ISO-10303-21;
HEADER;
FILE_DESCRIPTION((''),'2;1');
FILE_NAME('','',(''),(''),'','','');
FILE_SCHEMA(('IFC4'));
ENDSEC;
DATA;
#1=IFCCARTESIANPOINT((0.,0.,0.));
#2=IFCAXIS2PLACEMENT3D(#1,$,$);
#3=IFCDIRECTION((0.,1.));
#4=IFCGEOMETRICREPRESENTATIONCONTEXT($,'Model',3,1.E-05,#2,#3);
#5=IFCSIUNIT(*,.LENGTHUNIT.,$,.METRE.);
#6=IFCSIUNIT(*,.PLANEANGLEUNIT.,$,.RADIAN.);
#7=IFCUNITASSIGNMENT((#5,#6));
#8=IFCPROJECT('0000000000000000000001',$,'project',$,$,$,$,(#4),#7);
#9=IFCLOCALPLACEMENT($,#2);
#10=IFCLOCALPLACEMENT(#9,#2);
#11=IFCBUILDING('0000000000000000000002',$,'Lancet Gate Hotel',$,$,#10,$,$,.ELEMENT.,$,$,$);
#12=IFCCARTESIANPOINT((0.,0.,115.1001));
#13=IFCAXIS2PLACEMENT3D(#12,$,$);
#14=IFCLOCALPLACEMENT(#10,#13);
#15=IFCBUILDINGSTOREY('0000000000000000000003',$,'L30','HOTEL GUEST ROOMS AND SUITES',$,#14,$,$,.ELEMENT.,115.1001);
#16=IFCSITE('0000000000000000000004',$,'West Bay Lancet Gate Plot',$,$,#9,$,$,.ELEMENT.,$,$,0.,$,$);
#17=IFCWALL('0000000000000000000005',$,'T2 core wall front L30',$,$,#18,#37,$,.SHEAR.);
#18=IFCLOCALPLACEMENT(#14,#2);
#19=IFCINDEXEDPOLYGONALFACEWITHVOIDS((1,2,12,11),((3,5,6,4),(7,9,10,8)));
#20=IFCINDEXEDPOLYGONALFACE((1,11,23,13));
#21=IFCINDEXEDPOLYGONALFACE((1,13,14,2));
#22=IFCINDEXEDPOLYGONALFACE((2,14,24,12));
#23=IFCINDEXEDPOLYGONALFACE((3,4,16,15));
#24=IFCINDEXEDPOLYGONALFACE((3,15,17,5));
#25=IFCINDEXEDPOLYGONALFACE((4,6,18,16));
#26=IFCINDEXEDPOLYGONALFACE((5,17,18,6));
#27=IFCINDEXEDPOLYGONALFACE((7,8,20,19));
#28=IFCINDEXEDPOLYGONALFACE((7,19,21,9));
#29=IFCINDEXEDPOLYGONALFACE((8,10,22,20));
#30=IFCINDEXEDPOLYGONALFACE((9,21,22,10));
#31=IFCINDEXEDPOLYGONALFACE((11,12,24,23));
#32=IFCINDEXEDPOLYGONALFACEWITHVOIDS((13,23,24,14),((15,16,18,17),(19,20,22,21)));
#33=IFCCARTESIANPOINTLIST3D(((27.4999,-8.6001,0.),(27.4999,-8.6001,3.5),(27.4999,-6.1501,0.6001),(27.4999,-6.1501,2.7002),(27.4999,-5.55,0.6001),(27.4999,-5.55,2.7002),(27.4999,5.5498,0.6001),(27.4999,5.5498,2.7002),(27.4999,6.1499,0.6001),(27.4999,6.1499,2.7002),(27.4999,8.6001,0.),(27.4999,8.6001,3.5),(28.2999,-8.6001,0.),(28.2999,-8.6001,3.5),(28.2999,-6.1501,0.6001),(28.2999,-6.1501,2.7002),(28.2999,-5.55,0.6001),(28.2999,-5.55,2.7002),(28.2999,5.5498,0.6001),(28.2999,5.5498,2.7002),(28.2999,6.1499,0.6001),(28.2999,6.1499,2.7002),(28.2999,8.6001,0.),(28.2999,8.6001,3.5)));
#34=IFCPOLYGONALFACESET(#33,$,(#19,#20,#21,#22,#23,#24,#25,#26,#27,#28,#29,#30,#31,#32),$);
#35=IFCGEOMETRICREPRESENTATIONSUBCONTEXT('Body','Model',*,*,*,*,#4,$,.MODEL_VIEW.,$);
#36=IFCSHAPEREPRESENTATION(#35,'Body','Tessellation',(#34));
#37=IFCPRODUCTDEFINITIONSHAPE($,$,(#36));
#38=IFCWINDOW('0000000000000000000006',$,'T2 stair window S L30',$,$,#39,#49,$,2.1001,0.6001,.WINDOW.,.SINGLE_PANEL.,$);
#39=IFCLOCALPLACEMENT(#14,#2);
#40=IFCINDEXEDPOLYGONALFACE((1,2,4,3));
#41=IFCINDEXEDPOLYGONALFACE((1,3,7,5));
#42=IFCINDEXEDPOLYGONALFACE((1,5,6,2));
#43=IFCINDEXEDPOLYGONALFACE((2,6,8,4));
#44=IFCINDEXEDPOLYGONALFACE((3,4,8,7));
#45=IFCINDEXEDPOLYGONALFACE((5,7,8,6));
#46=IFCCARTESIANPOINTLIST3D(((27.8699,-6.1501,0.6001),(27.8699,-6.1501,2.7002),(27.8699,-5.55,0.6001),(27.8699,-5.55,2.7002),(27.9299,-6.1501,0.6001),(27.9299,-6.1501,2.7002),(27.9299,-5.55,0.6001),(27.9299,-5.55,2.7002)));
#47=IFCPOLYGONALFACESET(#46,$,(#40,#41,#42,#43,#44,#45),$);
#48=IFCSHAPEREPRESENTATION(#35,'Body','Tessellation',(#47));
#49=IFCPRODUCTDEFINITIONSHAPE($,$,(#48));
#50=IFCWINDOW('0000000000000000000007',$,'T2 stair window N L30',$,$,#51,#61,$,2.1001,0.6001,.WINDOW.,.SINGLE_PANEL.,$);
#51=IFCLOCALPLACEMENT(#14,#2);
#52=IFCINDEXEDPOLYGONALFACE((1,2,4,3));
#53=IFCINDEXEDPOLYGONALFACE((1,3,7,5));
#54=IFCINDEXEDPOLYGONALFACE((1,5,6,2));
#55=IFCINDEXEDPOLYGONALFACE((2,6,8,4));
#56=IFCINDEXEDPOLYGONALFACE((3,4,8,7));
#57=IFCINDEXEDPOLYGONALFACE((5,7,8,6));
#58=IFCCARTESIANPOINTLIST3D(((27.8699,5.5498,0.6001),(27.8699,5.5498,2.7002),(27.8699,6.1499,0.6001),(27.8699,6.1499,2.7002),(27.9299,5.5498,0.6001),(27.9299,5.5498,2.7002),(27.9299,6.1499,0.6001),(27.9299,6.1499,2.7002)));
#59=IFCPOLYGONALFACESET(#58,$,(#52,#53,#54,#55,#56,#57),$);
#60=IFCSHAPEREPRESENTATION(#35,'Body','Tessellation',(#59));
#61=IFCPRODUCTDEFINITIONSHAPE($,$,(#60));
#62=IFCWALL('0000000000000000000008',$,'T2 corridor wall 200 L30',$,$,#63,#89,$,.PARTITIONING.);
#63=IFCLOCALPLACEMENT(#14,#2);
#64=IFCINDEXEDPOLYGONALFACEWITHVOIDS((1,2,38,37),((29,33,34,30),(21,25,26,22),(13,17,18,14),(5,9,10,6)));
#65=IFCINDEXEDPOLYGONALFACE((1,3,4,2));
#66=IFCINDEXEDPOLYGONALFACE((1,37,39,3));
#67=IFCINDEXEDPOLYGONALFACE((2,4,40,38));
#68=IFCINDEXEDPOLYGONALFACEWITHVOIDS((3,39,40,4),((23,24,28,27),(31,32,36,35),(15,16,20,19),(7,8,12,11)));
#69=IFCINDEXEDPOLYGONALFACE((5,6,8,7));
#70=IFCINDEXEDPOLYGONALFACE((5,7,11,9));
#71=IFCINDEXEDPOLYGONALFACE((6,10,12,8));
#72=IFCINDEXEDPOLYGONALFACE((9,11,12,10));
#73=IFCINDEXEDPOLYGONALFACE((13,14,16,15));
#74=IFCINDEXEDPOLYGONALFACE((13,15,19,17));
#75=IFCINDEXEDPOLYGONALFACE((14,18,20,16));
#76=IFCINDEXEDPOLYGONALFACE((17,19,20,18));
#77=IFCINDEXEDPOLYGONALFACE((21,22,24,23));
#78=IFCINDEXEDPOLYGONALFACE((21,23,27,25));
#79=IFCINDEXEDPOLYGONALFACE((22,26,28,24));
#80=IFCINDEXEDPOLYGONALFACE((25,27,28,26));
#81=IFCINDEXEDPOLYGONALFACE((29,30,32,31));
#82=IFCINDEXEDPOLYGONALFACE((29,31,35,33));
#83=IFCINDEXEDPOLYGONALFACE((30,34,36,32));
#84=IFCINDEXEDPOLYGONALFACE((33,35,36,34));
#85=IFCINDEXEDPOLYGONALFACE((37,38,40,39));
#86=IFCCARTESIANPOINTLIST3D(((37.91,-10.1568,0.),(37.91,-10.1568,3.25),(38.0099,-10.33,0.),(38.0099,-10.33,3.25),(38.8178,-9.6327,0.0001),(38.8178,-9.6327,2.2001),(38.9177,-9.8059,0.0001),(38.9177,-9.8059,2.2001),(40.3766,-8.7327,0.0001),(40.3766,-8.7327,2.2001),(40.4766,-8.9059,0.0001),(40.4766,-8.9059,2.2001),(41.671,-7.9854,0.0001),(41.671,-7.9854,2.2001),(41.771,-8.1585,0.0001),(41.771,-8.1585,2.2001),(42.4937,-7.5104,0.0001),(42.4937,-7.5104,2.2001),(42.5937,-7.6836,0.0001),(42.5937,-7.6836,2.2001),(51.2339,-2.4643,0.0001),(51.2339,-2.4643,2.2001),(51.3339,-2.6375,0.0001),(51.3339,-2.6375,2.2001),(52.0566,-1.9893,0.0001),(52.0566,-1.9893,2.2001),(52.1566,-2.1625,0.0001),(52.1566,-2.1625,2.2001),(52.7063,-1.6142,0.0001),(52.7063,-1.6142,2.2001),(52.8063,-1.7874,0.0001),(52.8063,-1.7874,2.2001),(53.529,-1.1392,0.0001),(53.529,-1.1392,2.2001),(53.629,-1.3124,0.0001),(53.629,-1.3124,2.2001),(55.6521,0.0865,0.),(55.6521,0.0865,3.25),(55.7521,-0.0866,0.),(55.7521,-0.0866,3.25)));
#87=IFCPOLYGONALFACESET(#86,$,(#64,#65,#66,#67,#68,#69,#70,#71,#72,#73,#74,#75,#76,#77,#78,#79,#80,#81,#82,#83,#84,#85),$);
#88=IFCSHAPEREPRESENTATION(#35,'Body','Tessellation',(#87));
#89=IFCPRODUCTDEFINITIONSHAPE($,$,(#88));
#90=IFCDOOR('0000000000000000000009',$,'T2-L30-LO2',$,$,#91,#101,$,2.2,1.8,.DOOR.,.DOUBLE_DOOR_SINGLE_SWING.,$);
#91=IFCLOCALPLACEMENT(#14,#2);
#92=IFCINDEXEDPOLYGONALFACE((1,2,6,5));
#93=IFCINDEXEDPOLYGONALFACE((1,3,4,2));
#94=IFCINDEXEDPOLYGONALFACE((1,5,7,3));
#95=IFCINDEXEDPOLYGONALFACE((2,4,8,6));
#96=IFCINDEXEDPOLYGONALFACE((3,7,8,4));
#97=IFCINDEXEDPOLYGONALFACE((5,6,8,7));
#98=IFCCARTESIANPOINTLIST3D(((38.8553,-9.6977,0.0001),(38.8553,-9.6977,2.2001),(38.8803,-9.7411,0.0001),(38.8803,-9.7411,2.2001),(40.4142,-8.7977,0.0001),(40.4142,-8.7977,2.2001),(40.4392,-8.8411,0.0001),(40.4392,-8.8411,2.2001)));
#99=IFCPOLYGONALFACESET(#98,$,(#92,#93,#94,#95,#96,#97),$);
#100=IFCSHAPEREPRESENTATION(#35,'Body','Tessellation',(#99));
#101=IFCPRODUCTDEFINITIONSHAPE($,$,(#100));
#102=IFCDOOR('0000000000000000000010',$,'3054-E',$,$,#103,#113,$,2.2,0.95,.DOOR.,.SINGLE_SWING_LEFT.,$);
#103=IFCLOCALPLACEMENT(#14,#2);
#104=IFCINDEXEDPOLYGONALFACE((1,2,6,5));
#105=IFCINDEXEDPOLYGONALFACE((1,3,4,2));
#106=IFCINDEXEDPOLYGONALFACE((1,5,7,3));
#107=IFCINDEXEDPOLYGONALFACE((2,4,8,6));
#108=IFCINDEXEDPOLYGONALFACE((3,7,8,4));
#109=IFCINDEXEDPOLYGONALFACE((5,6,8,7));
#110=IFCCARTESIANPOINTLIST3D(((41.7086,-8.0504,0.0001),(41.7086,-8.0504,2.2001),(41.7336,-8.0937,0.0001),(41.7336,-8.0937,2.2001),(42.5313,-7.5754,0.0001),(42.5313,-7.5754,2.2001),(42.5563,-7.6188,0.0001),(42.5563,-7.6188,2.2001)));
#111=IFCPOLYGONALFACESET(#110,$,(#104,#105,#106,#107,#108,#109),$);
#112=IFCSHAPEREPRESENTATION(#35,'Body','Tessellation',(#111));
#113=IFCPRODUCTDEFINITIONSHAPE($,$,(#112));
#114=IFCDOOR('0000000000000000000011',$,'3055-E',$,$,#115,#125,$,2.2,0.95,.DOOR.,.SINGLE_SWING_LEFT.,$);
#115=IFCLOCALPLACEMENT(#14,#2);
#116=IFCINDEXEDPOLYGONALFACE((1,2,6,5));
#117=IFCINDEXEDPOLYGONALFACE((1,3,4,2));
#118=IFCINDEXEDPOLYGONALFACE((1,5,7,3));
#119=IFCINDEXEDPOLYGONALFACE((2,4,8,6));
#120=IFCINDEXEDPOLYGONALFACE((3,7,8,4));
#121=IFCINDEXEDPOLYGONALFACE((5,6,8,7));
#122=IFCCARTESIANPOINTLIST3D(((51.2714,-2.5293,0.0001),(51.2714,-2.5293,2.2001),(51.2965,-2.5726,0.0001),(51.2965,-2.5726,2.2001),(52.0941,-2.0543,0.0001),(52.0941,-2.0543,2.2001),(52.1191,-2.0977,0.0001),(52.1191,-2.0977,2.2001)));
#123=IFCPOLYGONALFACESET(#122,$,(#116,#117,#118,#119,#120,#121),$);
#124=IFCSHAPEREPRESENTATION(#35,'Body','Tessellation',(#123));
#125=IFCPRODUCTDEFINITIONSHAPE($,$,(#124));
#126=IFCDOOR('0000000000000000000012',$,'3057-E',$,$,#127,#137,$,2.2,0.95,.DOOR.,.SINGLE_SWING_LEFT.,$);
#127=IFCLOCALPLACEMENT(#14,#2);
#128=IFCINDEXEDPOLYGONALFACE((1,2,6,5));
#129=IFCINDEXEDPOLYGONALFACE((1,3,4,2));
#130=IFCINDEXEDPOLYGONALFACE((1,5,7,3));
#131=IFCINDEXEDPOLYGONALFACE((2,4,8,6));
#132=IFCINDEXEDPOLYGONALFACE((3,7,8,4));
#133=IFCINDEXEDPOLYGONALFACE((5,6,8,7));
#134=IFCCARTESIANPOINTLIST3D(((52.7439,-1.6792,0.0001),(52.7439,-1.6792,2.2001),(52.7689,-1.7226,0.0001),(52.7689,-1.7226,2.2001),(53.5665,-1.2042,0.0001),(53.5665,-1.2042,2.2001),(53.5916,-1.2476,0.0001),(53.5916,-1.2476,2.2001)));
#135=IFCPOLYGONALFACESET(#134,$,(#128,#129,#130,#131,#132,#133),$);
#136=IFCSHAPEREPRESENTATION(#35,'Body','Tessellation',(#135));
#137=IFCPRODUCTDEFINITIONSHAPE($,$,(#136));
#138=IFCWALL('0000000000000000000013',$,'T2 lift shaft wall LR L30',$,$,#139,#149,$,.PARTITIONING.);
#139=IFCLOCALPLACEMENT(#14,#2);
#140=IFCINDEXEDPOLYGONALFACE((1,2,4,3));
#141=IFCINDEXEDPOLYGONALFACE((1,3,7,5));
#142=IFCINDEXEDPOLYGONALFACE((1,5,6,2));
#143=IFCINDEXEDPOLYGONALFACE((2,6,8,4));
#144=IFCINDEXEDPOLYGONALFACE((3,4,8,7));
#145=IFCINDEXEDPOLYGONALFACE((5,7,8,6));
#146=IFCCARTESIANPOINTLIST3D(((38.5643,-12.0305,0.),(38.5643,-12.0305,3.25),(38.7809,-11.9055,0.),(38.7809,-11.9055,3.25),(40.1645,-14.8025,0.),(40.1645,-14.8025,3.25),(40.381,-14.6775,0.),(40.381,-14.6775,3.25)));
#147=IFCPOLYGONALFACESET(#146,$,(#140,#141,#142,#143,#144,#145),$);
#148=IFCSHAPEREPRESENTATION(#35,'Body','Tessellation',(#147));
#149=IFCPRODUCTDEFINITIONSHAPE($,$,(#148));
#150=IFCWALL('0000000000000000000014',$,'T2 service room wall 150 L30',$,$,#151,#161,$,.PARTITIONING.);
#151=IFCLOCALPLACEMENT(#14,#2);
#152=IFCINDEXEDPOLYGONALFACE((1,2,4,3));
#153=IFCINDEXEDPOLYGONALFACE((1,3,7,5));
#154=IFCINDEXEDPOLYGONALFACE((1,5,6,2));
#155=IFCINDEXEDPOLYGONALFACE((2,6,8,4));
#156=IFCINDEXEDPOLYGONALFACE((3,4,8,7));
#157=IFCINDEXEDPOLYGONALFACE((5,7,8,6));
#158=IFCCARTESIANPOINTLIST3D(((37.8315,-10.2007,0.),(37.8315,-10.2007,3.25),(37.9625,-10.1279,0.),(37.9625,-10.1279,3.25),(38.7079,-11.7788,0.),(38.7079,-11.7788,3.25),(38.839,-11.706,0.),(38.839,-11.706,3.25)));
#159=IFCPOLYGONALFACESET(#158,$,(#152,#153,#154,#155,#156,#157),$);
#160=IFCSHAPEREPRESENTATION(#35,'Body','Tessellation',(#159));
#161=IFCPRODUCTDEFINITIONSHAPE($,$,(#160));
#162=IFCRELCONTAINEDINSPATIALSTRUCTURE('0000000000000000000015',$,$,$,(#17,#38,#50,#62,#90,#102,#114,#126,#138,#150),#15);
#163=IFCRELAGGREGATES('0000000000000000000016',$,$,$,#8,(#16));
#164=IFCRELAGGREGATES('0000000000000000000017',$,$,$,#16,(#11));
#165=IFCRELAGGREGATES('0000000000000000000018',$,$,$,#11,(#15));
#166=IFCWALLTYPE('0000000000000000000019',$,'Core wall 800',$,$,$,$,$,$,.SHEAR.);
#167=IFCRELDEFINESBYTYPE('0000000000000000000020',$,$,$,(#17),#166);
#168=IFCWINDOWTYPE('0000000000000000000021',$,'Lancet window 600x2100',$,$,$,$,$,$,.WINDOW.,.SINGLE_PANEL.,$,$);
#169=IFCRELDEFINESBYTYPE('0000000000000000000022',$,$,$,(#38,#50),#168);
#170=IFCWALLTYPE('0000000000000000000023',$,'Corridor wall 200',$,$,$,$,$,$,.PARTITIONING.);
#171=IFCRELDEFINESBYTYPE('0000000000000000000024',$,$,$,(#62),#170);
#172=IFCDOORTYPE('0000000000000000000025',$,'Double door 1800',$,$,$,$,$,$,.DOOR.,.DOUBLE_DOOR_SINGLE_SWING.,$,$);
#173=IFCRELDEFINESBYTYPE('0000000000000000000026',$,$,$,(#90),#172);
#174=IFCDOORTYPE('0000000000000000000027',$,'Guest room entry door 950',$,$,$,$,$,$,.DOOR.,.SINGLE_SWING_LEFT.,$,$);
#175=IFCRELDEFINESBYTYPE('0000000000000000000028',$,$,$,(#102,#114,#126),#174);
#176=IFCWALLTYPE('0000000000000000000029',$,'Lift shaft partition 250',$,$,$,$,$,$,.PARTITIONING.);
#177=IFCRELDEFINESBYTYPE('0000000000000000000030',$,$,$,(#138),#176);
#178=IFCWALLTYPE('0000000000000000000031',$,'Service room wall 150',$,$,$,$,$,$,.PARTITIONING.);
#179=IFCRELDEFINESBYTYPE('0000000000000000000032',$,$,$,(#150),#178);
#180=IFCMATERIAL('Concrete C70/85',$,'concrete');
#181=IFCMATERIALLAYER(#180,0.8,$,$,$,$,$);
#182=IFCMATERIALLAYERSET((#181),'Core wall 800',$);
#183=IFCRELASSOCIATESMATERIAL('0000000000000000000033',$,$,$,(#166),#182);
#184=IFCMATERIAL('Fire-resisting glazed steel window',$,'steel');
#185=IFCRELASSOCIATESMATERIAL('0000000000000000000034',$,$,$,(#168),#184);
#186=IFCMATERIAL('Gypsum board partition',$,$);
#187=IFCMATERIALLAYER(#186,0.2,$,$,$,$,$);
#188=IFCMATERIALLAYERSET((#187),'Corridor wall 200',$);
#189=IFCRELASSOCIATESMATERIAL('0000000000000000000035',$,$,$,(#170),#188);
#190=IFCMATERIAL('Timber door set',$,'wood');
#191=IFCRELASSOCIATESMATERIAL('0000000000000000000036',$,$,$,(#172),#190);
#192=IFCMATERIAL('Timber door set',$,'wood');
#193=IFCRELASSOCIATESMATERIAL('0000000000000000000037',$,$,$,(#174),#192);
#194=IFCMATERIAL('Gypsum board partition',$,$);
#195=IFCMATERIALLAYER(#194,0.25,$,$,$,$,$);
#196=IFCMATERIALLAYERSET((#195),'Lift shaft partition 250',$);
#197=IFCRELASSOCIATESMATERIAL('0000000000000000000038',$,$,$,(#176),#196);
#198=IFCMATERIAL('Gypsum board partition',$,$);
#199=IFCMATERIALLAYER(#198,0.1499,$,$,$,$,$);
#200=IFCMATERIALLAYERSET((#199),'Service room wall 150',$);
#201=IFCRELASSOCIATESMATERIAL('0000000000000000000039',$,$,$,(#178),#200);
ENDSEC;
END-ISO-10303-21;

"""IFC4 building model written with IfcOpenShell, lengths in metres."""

from ifc_helpers import new_model, si_unit, direction, frame, frame_2d, origin, place, context, subcontext, project, spatial, rectangle, extrude, material, layer, layer_set, type_object, element, fill, save


model = new_model("IFC4")

# Units and contexts
model_context = context("Model", 3, precision=1e-05, world=origin(), true_north=direction((0.0, 1.0)))
body_context = subcontext(model_context, "Body", "Model", "MODEL_VIEW")
ifc_project = project(units=[si_unit("LENGTHUNIT", "METRE"), si_unit("PLANEANGLEUNIT", "RADIAN")], contexts=[model_context])

# Site, building, storey
site_placement = place(None, origin())
site = spatial("IfcSite", under=ifc_project, at=site_placement, Name="West Bay Lancet Gate Plot", CompositionType="ELEMENT", RefElevation=0.0)
building_placement = place(site_placement, origin())
building = spatial("IfcBuilding", under=site, at=building_placement, Name="Lancet Gate Hotel", CompositionType="ELEMENT")
storey_placement = place(building_placement, frame((0.0, 0.0, 115.1001)))
storey = spatial("IfcBuildingStorey", under=building, at=storey_placement, Name="L30", Description="HOTEL GUEST ROOMS AND SUITES", CompositionType="ELEMENT", Elevation=115.1001)

# Wall, openings, windows
ifc_material_1 = material(Name="Concrete C70/85", Category="concrete")
ifc_layer_1 = layer(ifc_material_1, 0.8)
ifc_layer_set_1 = layer_set([ifc_layer_1], Name="Core wall 800")
wall_type_1 = type_object("IfcWallType", Name="Core wall 800", PredefinedType="SHEAR", material=ifc_layer_set_1)
wall_1_placement = place(storey_placement, frame((27.8999, -8.6001, 0.0), z_axis=(0.0, 0.0, 1.0), x_axis=(0.0, 1.0, 0.0)))
wall_1 = element("IfcWall", 1, at=wall_1_placement, inside=storey, type_object=wall_type_1, Name="T2 core wall front L30", PredefinedType="SHEAR", context=body_context, shape_type="SweptSolid", body=[
    extrude(rectangle(XDim=17.2002, YDim=0.8, at=frame_2d((8.6001, 0.0))), origin(), (0.0, 0.0, 1.0), 3.5),
])
opening_1_placement = place(wall_1_placement, frame((2.45, 0.0, 0.6001)))
opening_1 = element("IfcOpeningElement", 2, at=opening_1_placement, cuts=wall_1, PredefinedType="OPENING", context=body_context, shape_type="SweptSolid", body=[
    extrude(rectangle(XDim=0.6001, YDim=2.1001, at=frame_2d((0.3, 1.05))), frame((0.0, 0.4099, 0.0), z_axis=(0.0, -1.0, 0.0), x_axis=(1.0, 0.0, 0.0)), (0.0, 0.0, 1.0), 0.8201),
])
opening_2_placement = place(wall_1_placement, frame((14.1499, 0.0, 0.6001)))
opening_2 = element("IfcOpeningElement", 3, at=opening_2_placement, cuts=wall_1, PredefinedType="OPENING", context=body_context, shape_type="SweptSolid", body=[
    extrude(rectangle(XDim=0.6001, YDim=2.1001, at=frame_2d((0.3, 1.05))), frame((0.0, 0.4099, 0.0), z_axis=(0.0, -1.0, 0.0), x_axis=(1.0, 0.0, 0.0)), (0.0, 0.0, 1.0), 0.8201),
])
ifc_material_2 = material(Name="Fire-resisting glazed steel window", Category="steel")
window_type = type_object("IfcWindowType", Name="Lancet window 600x2100", PartitioningType="SINGLE_PANEL", PredefinedType="WINDOW", material=ifc_material_2)
window_1_placement = place(opening_1_placement, origin())
window_1 = element("IfcWindow", 4, at=window_1_placement, inside=storey, type_object=window_type, Name="T2 stair window S L30", OverallHeight=2.1001, OverallWidth=0.6001, PartitioningType="SINGLE_PANEL", PredefinedType="WINDOW", context=body_context, shape_type="SweptSolid", body=[
    extrude(rectangle(XDim=0.6001, YDim=2.1001, at=frame_2d((0.3, 1.05))), frame((0.0, 0.03, 0.0), z_axis=(0.0, -1.0, 0.0), x_axis=(1.0, 0.0, 0.0)), (0.0, 0.0, 1.0), 0.0601),
])
fill(opening_1, window_1)
window_2_placement = place(opening_2_placement, origin())
window_2 = element("IfcWindow", 5, at=window_2_placement, inside=storey, type_object=window_type, Name="T2 stair window N L30", OverallHeight=2.1001, OverallWidth=0.6001, PartitioningType="SINGLE_PANEL", PredefinedType="WINDOW", context=body_context, shape_type="SweptSolid", body=[
    extrude(rectangle(XDim=0.6001, YDim=2.1001, at=frame_2d((0.3, 1.05))), frame((0.0, 0.03, 0.0), z_axis=(0.0, -1.0, 0.0), x_axis=(1.0, 0.0, 0.0)), (0.0, 0.0, 1.0), 0.0601),
])
fill(opening_2, window_2)

# Wall, openings, doors
ifc_material_3 = material(Name="Gypsum board partition")
ifc_layer_2 = layer(ifc_material_3, 0.2)
ifc_layer_set_2 = layer_set([ifc_layer_2], Name="Corridor wall 200")
wall_type_2 = type_object("IfcWallType", Name="Corridor wall 200", PredefinedType="PARTITIONING", material=ifc_layer_set_2)
wall_2_placement = place(storey_placement, frame((37.96, -10.2434, 0.0), z_axis=(0.0, 0.0, 1.0), x_axis=(0.866026, 0.499998, 0.0)))
wall_2 = element("IfcWall", 6, at=wall_2_placement, inside=storey, type_object=wall_type_2, Name="T2 corridor wall 200 L30", PredefinedType="PARTITIONING", context=body_context, shape_type="SweptSolid", body=[
    extrude(rectangle(XDim=20.4868, YDim=0.2, at=frame_2d((10.2434, 0.0))), origin(), (0.0, 0.0, 1.0), 3.25),
])
opening_3_placement = place(wall_2_placement, frame((4.3428, 0.0, 0.0)))
opening_3 = element("IfcOpeningElement", 7, at=opening_3_placement, cuts=wall_2, PredefinedType="OPENING", context=body_context, shape_type="SweptSolid", body=[
    extrude(rectangle(XDim=0.95, YDim=2.2, at=frame_2d((0.4751, 1.1001))), frame((0.0, 0.1099, 0.0), z_axis=(0.0, -1.0, 0.0), x_axis=(1.0, 0.0, 0.0)), (0.0, 0.0, 1.0), 0.22),
])
opening_4_placement = place(wall_2_placement, frame((15.385, 0.0, 0.0)))
opening_4 = element("IfcOpeningElement", 8, at=opening_4_placement, cuts=wall_2, PredefinedType="OPENING", context=body_context, shape_type="SweptSolid", body=[
    extrude(rectangle(XDim=0.95, YDim=2.2, at=frame_2d((0.4751, 1.1001))), frame((0.0, 0.1099, 0.0), z_axis=(0.0, -1.0, 0.0), x_axis=(1.0, 0.0, 0.0)), (0.0, 0.0, 1.0), 0.22),
])
opening_5_placement = place(wall_2_placement, frame((17.0852, 0.0, 0.0)))
opening_5 = element("IfcOpeningElement", 9, at=opening_5_placement, cuts=wall_2, PredefinedType="OPENING", context=body_context, shape_type="SweptSolid", body=[
    extrude(rectangle(XDim=0.95, YDim=2.2, at=frame_2d((0.4751, 1.1001))), frame((0.0, 0.1099, 0.0), z_axis=(0.0, -1.0, 0.0), x_axis=(1.0, 0.0, 0.0)), (0.0, 0.0, 1.0), 0.22),
])
opening_6_placement = place(wall_2_placement, frame((1.0483, 0.0, 0.0)))
opening_6 = element("IfcOpeningElement", 10, at=opening_6_placement, cuts=wall_2, PredefinedType="OPENING", context=body_context, shape_type="SweptSolid", body=[
    extrude(rectangle(XDim=1.8, YDim=2.2, at=frame_2d((0.8999, 1.1001))), frame((0.0, 0.1099, 0.0), z_axis=(0.0, -1.0, 0.0), x_axis=(1.0, 0.0, 0.0)), (0.0, 0.0, 1.0), 0.22),
])
ifc_material_4 = material(Name="Timber door set", Category="wood")
door_type_1 = type_object("IfcDoorType", Name="Double door 1800", OperationType="DOUBLE_DOOR_SINGLE_SWING", PredefinedType="DOOR", material=ifc_material_4)
door_1_placement = place(opening_6_placement, origin())
door_1 = element("IfcDoor", 11, at=door_1_placement, inside=storey, type_object=door_type_1, Name="T2-L30-LO2", OperationType="DOUBLE_DOOR_SINGLE_SWING", OverallHeight=2.2, OverallWidth=1.8, PredefinedType="DOOR", context=body_context, shape_type="SweptSolid", body=[
    extrude(rectangle(XDim=1.8, YDim=2.2, at=frame_2d((0.8999, 1.1001))), frame((0.0, 0.0249, 0.0), z_axis=(0.0, -1.0, 0.0), x_axis=(1.0, 0.0, 0.0)), (0.0, 0.0, 1.0), 0.05),
])
fill(opening_6, door_1)
ifc_material_5 = material(Name="Timber door set", Category="wood")
door_type_2 = type_object("IfcDoorType", Name="Guest room entry door 950", OperationType="SINGLE_SWING_LEFT", PredefinedType="DOOR", material=ifc_material_5)
door_2_placement = place(opening_3_placement, origin())
door_2 = element("IfcDoor", 12, at=door_2_placement, inside=storey, type_object=door_type_2, Name="3054-E", OperationType="SINGLE_SWING_LEFT", OverallHeight=2.2, OverallWidth=0.95, PredefinedType="DOOR", context=body_context, shape_type="SweptSolid", body=[
    extrude(rectangle(XDim=0.95, YDim=2.2, at=frame_2d((0.4751, 1.1001))), frame((0.0, 0.0249, 0.0), z_axis=(0.0, -1.0, 0.0), x_axis=(1.0, 0.0, 0.0)), (0.0, 0.0, 1.0), 0.05),
])
fill(opening_3, door_2)
door_3_placement = place(opening_4_placement, origin())
door_3 = element("IfcDoor", 13, at=door_3_placement, inside=storey, type_object=door_type_2, Name="3055-E", OperationType="SINGLE_SWING_LEFT", OverallHeight=2.2, OverallWidth=0.95, PredefinedType="DOOR", context=body_context, shape_type="SweptSolid", body=[
    extrude(rectangle(XDim=0.95, YDim=2.2, at=frame_2d((0.4751, 1.1001))), frame((0.0, 0.0249, 0.0), z_axis=(0.0, -1.0, 0.0), x_axis=(1.0, 0.0, 0.0)), (0.0, 0.0, 1.0), 0.05),
])
fill(opening_4, door_3)
door_4_placement = place(opening_5_placement, origin())
door_4 = element("IfcDoor", 14, at=door_4_placement, inside=storey, type_object=door_type_2, Name="3057-E", OperationType="SINGLE_SWING_LEFT", OverallHeight=2.2, OverallWidth=0.95, PredefinedType="DOOR", context=body_context, shape_type="SweptSolid", body=[
    extrude(rectangle(XDim=0.95, YDim=2.2, at=frame_2d((0.4751, 1.1001))), frame((0.0, 0.0249, 0.0), z_axis=(0.0, -1.0, 0.0), x_axis=(1.0, 0.0, 0.0)), (0.0, 0.0, 1.0), 0.05),
])
fill(opening_5, door_4)

# Walls
ifc_material_6 = material(Name="Gypsum board partition")
ifc_layer_3 = layer(ifc_material_6, 0.25)
ifc_layer_set_3 = layer_set([ifc_layer_3], Name="Lift shaft partition 250")
wall_type_3 = type_object("IfcWallType", Name="Lift shaft partition 250", PredefinedType="PARTITIONING", material=ifc_layer_set_3)
wall_3_placement = place(storey_placement, frame((38.6726, -11.968, 0.0), z_axis=(0.0, 0.0, 1.0), x_axis=(0.499929, -0.866066, 0.0)))
element("IfcWall", 15, at=wall_3_placement, inside=storey, type_object=wall_type_3, Name="T2 lift shaft wall LR L30", PredefinedType="PARTITIONING", context=body_context, shape_type="SweptSolid", body=[
    extrude(rectangle(XDim=3.2007, YDim=0.25, at=frame_2d((1.6003, 0.0))), origin(), (0.0, 0.0, 1.0), 3.25),
])
ifc_material_7 = material(Name="Gypsum board partition")
ifc_layer_4 = layer(ifc_material_7, 0.1499)
ifc_layer_set_4 = layer_set([ifc_layer_4], Name="Service room wall 150")
wall_type_4 = type_object("IfcWallType", Name="Service room wall 150", PredefinedType="PARTITIONING", material=ifc_layer_set_4)
wall_4_placement = place(storey_placement, frame((38.7734, -11.7424, 0.0), z_axis=(0.0, 0.0, 1.0), x_axis=(-0.485528, 0.874221, 0.0)))
element("IfcWall", 16, at=wall_4_placement, inside=storey, type_object=wall_type_4, Name="T2 service room wall 150 L30", PredefinedType="PARTITIONING", context=body_context, shape_type="SweptSolid", body=[
    extrude(rectangle(XDim=1.8052, YDim=0.1499, at=frame_2d((0.9026, 0.0))), origin(), (0.0, 0.0, 1.0), 3.25),
])

save(model, "model.ifc")
